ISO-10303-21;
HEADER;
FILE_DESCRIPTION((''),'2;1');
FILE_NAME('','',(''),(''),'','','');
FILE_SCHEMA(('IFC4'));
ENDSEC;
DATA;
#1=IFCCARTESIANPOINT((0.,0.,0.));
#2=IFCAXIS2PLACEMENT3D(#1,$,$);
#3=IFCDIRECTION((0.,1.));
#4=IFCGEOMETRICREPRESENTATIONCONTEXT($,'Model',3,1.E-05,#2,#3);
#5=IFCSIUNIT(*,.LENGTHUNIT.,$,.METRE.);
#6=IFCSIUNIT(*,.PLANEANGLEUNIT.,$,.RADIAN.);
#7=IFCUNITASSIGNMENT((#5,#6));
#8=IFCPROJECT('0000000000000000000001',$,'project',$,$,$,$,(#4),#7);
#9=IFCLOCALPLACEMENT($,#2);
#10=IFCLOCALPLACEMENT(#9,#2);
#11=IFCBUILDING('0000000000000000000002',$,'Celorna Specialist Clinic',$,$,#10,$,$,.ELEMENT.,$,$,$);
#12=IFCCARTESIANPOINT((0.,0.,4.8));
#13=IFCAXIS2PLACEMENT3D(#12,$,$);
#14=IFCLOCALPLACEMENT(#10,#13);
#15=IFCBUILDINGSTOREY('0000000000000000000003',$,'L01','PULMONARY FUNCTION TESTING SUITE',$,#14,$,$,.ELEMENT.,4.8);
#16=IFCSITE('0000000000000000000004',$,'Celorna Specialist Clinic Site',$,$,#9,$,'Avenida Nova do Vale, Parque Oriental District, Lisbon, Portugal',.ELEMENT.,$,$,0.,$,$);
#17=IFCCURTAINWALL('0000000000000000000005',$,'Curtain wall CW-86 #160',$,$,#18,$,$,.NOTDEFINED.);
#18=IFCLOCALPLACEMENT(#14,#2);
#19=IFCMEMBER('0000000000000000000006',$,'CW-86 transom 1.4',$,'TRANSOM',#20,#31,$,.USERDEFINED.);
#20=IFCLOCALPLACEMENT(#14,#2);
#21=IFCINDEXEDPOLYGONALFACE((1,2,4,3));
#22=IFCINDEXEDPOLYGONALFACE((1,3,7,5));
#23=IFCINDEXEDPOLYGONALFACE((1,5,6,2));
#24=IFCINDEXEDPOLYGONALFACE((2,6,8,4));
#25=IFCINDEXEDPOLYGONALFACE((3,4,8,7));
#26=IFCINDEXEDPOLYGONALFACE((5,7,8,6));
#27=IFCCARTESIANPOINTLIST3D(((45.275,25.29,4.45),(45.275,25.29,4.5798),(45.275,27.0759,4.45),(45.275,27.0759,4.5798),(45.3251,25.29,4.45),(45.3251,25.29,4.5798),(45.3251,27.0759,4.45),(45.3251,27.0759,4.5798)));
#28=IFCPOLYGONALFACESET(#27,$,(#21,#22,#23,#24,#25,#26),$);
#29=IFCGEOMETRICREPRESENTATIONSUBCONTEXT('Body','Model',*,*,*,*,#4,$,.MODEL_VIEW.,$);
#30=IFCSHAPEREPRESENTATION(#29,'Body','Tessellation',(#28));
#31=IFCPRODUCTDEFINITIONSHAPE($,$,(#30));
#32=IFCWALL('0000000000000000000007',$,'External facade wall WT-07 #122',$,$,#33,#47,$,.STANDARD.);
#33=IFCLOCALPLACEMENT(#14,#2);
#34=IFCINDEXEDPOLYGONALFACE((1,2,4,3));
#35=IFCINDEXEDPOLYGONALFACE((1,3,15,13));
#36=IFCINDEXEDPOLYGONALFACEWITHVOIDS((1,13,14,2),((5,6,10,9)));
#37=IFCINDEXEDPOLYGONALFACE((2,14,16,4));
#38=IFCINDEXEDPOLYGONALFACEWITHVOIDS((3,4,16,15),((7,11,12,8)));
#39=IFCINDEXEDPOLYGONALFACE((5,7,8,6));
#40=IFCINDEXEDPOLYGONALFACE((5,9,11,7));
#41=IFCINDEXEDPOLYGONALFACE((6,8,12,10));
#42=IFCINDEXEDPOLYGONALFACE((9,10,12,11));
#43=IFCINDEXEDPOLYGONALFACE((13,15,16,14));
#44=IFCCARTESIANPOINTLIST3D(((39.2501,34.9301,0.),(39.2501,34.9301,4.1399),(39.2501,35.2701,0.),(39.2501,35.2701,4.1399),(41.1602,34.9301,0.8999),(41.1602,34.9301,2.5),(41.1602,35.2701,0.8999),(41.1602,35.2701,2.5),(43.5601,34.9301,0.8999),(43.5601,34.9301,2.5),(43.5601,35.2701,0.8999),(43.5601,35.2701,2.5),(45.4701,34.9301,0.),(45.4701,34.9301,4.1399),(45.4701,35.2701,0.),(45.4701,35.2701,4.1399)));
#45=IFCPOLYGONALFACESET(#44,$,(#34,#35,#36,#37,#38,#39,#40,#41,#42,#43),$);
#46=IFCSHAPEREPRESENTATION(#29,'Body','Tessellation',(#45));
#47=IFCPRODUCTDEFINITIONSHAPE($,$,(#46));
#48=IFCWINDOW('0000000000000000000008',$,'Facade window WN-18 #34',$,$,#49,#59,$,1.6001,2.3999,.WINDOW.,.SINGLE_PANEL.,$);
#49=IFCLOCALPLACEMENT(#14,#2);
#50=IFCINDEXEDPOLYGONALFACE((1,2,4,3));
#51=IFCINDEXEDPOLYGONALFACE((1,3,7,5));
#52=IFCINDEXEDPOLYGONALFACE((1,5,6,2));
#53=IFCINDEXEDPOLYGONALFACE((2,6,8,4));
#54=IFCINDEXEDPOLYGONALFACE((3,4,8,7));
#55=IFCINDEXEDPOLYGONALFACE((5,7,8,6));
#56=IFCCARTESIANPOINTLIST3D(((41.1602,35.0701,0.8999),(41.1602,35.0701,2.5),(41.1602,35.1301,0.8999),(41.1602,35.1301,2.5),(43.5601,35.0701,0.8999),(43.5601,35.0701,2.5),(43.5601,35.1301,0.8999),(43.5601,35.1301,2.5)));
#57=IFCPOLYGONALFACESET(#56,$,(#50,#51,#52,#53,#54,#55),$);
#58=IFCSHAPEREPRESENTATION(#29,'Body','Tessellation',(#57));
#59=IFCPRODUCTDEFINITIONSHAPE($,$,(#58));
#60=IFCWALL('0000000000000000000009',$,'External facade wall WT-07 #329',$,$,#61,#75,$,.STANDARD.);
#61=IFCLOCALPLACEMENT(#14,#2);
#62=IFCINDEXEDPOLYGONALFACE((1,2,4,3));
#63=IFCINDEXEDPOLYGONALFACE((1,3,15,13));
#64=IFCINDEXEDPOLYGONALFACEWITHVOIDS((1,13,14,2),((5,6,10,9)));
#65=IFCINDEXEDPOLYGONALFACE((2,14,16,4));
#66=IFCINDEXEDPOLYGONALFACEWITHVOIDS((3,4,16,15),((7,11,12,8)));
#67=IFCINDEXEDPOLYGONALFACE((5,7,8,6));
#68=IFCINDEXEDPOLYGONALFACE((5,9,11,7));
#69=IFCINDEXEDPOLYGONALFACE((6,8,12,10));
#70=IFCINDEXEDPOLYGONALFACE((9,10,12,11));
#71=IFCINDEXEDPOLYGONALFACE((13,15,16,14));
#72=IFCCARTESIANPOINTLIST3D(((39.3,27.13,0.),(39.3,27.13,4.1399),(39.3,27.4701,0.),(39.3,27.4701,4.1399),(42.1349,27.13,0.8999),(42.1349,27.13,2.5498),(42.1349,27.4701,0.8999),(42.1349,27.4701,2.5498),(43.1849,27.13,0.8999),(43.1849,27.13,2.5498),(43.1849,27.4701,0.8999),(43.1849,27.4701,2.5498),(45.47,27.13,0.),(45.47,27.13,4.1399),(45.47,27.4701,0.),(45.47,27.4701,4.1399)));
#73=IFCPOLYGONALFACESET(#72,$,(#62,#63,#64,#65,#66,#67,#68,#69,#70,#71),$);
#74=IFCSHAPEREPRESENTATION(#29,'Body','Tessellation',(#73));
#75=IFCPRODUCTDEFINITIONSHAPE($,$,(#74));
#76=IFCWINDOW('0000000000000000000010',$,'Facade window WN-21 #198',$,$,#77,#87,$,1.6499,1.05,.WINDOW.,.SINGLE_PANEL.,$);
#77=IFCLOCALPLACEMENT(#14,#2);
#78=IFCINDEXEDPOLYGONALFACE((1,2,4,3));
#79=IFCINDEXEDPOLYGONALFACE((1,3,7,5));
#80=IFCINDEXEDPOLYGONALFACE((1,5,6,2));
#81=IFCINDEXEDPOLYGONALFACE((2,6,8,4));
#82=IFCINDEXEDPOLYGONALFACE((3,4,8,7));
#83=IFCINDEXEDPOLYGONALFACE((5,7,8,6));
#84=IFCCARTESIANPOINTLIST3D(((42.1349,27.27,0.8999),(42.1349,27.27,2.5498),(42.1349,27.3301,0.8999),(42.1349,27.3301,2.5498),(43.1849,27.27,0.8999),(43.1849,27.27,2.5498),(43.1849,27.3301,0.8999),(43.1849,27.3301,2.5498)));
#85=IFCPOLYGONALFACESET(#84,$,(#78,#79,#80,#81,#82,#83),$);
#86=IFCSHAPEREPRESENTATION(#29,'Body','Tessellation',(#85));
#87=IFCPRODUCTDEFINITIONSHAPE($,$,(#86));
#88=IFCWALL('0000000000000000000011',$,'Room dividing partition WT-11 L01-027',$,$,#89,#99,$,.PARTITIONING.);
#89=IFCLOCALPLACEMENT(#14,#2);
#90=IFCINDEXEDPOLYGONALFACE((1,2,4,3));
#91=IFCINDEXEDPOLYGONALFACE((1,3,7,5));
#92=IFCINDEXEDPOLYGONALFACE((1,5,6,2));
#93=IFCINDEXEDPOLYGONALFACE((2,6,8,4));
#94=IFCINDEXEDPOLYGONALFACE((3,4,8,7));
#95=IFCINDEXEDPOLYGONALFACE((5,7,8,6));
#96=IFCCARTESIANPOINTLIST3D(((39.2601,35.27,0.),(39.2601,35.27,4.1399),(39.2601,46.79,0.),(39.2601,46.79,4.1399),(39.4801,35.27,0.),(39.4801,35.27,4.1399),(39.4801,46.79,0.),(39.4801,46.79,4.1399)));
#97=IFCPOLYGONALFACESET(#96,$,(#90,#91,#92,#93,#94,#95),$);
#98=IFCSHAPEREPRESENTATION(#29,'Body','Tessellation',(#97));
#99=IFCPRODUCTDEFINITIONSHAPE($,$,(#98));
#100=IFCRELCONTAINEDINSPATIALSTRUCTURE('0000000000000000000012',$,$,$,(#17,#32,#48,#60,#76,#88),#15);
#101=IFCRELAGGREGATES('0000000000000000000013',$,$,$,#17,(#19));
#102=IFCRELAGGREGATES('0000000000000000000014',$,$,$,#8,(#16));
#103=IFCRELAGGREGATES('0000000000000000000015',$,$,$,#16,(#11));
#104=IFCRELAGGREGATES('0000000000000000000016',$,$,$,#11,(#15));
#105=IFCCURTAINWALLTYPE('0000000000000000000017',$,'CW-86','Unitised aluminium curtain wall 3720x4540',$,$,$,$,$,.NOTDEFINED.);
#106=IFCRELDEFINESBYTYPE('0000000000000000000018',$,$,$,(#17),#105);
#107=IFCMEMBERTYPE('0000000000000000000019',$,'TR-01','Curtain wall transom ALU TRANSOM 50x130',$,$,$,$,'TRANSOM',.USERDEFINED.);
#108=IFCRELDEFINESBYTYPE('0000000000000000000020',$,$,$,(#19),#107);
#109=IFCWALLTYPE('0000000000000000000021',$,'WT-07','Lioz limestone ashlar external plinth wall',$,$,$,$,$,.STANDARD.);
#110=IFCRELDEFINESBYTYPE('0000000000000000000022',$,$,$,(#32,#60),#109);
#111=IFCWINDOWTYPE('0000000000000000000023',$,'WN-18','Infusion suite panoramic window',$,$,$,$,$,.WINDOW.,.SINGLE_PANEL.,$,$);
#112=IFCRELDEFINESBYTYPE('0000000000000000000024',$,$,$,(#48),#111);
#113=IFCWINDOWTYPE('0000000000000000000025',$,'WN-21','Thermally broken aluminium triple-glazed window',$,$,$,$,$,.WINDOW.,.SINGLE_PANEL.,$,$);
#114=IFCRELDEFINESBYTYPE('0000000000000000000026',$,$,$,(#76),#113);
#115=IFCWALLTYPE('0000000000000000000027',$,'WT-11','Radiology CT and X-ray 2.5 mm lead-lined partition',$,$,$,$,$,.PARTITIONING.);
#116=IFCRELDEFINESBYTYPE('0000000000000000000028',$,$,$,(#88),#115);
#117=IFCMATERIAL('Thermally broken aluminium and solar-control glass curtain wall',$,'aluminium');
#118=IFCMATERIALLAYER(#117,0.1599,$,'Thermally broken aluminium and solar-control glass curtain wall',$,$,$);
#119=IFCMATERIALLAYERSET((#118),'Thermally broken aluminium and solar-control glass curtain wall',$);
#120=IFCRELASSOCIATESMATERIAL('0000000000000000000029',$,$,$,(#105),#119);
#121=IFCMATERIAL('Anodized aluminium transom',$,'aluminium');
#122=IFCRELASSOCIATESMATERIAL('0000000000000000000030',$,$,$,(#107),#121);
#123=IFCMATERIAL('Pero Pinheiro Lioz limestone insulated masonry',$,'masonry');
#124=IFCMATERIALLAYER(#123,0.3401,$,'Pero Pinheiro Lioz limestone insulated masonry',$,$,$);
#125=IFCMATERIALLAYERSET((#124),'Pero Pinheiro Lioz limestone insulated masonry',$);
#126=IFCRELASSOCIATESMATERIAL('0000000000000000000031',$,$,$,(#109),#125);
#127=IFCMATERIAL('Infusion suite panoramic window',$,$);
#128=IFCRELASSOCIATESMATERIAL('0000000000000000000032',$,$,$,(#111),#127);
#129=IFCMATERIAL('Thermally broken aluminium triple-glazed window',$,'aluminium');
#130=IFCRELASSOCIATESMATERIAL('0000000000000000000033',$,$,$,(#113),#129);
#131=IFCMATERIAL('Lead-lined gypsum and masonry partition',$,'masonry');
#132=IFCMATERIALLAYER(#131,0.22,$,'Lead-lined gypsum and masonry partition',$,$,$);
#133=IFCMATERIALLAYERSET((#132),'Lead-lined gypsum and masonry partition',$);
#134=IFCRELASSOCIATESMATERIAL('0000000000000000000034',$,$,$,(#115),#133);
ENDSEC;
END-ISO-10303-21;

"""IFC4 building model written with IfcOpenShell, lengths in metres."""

from ifc_helpers import new_model, si_unit, direction, frame, frame_2d, origin, origin_2d, place, context, subcontext, project, spatial, rectangle, extrude, material, layer, layer_set, material_profile, profile_set, type_object, element, fill, aggregate, save


model = new_model("IFC4")

# Units and contexts
model_context = context("Model", 3, precision=1e-05, world=origin(), true_north=direction((0.0, 1.0)))
body_context = subcontext(model_context, "Body", "Model", "MODEL_VIEW")
ifc_project = project(units=[si_unit("LENGTHUNIT", "METRE"), si_unit("PLANEANGLEUNIT", "RADIAN")], contexts=[model_context])

# Site, building, storey
site_placement = place(None, origin())
site = spatial("IfcSite", under=ifc_project, at=site_placement, Name="Celorna Specialist Clinic Site", LongName="Avenida Nova do Vale, Parque Oriental District, Lisbon, Portugal", CompositionType="ELEMENT", RefElevation=0.0)
building_placement = place(site_placement, origin())
building = spatial("IfcBuilding", under=site, at=building_placement, Name="Celorna Specialist Clinic", CompositionType="ELEMENT")
storey_placement = place(building_placement, frame((0.0, 0.0, 4.8)))
storey = spatial("IfcBuildingStorey", under=building, at=storey_placement, Name="L01", Description="PULMONARY FUNCTION TESTING SUITE", CompositionType="ELEMENT", Elevation=4.8)

# Curtain wall
ifc_material_1 = material(Name="Thermally broken aluminium and solar-control glass curtain wall", Category="aluminium")
ifc_layer_1 = layer(ifc_material_1, 0.1599, Name="Thermally broken aluminium and solar-control glass curtain wall")
ifc_layer_set_1 = layer_set([ifc_layer_1], Name="Thermally broken aluminium and solar-control glass curtain wall")
curtain_wall_type_1 = type_object("IfcCurtainWallType", Name="CW-86", Description="Unitised aluminium curtain wall 3720x4540", PredefinedType="NOTDEFINED", material=ifc_layer_set_1)
curtain_wall_1_placement = place(storey_placement, origin())
curtain_wall_1 = element("IfcCurtainWall", 1, at=curtain_wall_1_placement, inside=storey, type_object=curtain_wall_type_1, Name="Curtain wall CW-86 #160", PredefinedType="NOTDEFINED")

# Member
ifc_material_2 = material(Name="Anodized aluminium transom", Category="aluminium")
ifc_material_profile_1 = material_profile(ifc_material_2, rectangle(XDim=0.05, YDim=0.1299, at=origin_2d()), Name="ALU TRANSOM 50x130")
ifc_profile_set_1 = profile_set([ifc_material_profile_1], Name="Anodized aluminium transom")
member_type_1 = type_object("IfcMemberType", Name="TR-01", Description="Curtain wall transom ALU TRANSOM 50x130", ElementType="TRANSOM", PredefinedType="USERDEFINED", material=ifc_profile_set_1)
member_1_placement = place(storey_placement, frame((45.3, 27.0759, 4.5149), z_axis=(0.0, -1.0, 0.0), x_axis=(1.0, 0.0, 0.0)))
member_1 = element("IfcMember", 2, at=member_1_placement, type_object=member_type_1, Name="CW-86 transom 1.4", ObjectType="TRANSOM", PredefinedType="USERDEFINED", context=body_context, shape_type="SweptSolid", body=[
    extrude(rectangle(XDim=0.05, YDim=0.1299, at=origin_2d()), origin(), (0.0, 0.0, 1.0), 1.7859),
])
aggregate(curtain_wall_1, [member_1])

# Walls, openings, windows
ifc_material_3 = material(Name="Pero Pinheiro Lioz limestone insulated masonry", Category="masonry")
ifc_layer_2 = layer(ifc_material_3, 0.3401, Name="Pero Pinheiro Lioz limestone insulated masonry")
ifc_layer_set_2 = layer_set([ifc_layer_2], Name="Pero Pinheiro Lioz limestone insulated masonry")
wall_type_1 = type_object("IfcWallType", Name="WT-07", Description="Lioz limestone ashlar external plinth wall", PredefinedType="STANDARD", material=ifc_layer_set_2)
wall_1_placement = place(storey_placement, frame((45.47, 35.1001, 0.0), z_axis=(0.0, 0.0, 1.0), x_axis=(-1.0, 0.0, 0.0)))
wall_1 = element("IfcWall", 3, at=wall_1_placement, inside=storey, type_object=wall_type_1, Name="External facade wall WT-07 #122", PredefinedType="STANDARD", context=body_context, shape_type="SweptSolid", body=[
    extrude(rectangle(XDim=6.22, YDim=0.3401, at=frame_2d((3.1099, 0.0))), origin(), (0.0, 0.0, 1.0), 4.1399),
])
opening_1_placement = place(wall_1_placement, frame((1.9099, 0.0, 0.8999)))
opening_1 = element("IfcOpeningElement", 4, at=opening_1_placement, cuts=wall_1, PredefinedType="OPENING", context=body_context, shape_type="SweptSolid", body=[
    extrude(rectangle(XDim=2.3999, YDim=1.6001, at=frame_2d((1.2, 0.8))), frame((0.0, 0.1799, 0.0), z_axis=(0.0, -1.0, 0.0), x_axis=(1.0, 0.0, 0.0)), (0.0, 0.0, 1.0), 0.3601),
])
ifc_material_4 = material(Name="Infusion suite panoramic window")
window_type_1 = type_object("IfcWindowType", Name="WN-18", Description="Infusion suite panoramic window", PartitioningType="SINGLE_PANEL", PredefinedType="WINDOW", material=ifc_material_4)
window_1_placement = place(opening_1_placement, origin())
window_1 = element("IfcWindow", 5, at=window_1_placement, inside=storey, type_object=window_type_1, Name="Facade window WN-18 #34", OverallHeight=1.6001, OverallWidth=2.3999, PartitioningType="SINGLE_PANEL", PredefinedType="WINDOW", context=body_context, shape_type="SweptSolid", body=[
    extrude(rectangle(XDim=2.3999, YDim=1.6001, at=frame_2d((1.2, 0.8))), frame((0.0, 0.03, 0.0), z_axis=(0.0, -1.0, 0.0), x_axis=(1.0, 0.0, 0.0)), (0.0, 0.0, 1.0), 0.0601),
])
fill(opening_1, window_1)
wall_2_placement = place(storey_placement, frame((39.3, 27.3, 0.0), z_axis=(0.0, 0.0, 1.0), x_axis=(1.0, 0.0, 0.0)))
wall_2 = element("IfcWall", 6, at=wall_2_placement, inside=storey, type_object=wall_type_1, Name="External facade wall WT-07 #329", PredefinedType="STANDARD", context=body_context, shape_type="SweptSolid", body=[
    extrude(rectangle(XDim=6.1699, YDim=0.3401, at=frame_2d((3.085, 0.0))), origin(), (0.0, 0.0, 1.0), 4.1399),
])
opening_2_placement = place(wall_2_placement, frame((2.835, 0.0, 0.8999)))
opening_2 = element("IfcOpeningElement", 7, at=opening_2_placement, cuts=wall_2, PredefinedType="OPENING", context=body_context, shape_type="SweptSolid", body=[
    extrude(rectangle(XDim=1.05, YDim=1.6499, at=frame_2d((0.5249, 0.825))), frame((0.0, 0.1799, 0.0), z_axis=(0.0, -1.0, 0.0), x_axis=(1.0, 0.0, 0.0)), (0.0, 0.0, 1.0), 0.3601),
])
ifc_material_5 = material(Name="Thermally broken aluminium triple-glazed window", Category="aluminium")
window_type_2 = type_object("IfcWindowType", Name="WN-21", Description="Thermally broken aluminium triple-glazed window", PartitioningType="SINGLE_PANEL", PredefinedType="WINDOW", material=ifc_material_5)
window_2_placement = place(opening_2_placement, origin())
window_2 = element("IfcWindow", 8, at=window_2_placement, inside=storey, type_object=window_type_2, Name="Facade window WN-21 #198", OverallHeight=1.6499, OverallWidth=1.05, PartitioningType="SINGLE_PANEL", PredefinedType="WINDOW", context=body_context, shape_type="SweptSolid", body=[
    extrude(rectangle(XDim=1.05, YDim=1.6499, at=frame_2d((0.5249, 0.825))), frame((0.0, 0.03, 0.0), z_axis=(0.0, -1.0, 0.0), x_axis=(1.0, 0.0, 0.0)), (0.0, 0.0, 1.0), 0.0601),
])
fill(opening_2, window_2)

# Wall
ifc_material_6 = material(Name="Lead-lined gypsum and masonry partition", Category="masonry")
ifc_layer_3 = layer(ifc_material_6, 0.22, Name="Lead-lined gypsum and masonry partition")
ifc_layer_set_3 = layer_set([ifc_layer_3], Name="Lead-lined gypsum and masonry partition")
wall_type_2 = type_object("IfcWallType", Name="WT-11", Description="Radiology CT and X-ray 2.5 mm lead-lined partition", PredefinedType="PARTITIONING", material=ifc_layer_set_3)
wall_3_placement = place(storey_placement, frame((39.3701, 35.27, 0.0), z_axis=(0.0, 0.0, 1.0), x_axis=(0.0, 1.0, 0.0)))
element("IfcWall", 9, at=wall_3_placement, inside=storey, type_object=wall_type_2, Name="Room dividing partition WT-11 L01-027", PredefinedType="PARTITIONING", context=body_context, shape_type="SweptSolid", body=[
    extrude(rectangle(XDim=11.52, YDim=0.22, at=frame_2d((5.76, 0.0))), origin(), (0.0, 0.0, 1.0), 4.1399),
])

save(model, "model.ifc")
